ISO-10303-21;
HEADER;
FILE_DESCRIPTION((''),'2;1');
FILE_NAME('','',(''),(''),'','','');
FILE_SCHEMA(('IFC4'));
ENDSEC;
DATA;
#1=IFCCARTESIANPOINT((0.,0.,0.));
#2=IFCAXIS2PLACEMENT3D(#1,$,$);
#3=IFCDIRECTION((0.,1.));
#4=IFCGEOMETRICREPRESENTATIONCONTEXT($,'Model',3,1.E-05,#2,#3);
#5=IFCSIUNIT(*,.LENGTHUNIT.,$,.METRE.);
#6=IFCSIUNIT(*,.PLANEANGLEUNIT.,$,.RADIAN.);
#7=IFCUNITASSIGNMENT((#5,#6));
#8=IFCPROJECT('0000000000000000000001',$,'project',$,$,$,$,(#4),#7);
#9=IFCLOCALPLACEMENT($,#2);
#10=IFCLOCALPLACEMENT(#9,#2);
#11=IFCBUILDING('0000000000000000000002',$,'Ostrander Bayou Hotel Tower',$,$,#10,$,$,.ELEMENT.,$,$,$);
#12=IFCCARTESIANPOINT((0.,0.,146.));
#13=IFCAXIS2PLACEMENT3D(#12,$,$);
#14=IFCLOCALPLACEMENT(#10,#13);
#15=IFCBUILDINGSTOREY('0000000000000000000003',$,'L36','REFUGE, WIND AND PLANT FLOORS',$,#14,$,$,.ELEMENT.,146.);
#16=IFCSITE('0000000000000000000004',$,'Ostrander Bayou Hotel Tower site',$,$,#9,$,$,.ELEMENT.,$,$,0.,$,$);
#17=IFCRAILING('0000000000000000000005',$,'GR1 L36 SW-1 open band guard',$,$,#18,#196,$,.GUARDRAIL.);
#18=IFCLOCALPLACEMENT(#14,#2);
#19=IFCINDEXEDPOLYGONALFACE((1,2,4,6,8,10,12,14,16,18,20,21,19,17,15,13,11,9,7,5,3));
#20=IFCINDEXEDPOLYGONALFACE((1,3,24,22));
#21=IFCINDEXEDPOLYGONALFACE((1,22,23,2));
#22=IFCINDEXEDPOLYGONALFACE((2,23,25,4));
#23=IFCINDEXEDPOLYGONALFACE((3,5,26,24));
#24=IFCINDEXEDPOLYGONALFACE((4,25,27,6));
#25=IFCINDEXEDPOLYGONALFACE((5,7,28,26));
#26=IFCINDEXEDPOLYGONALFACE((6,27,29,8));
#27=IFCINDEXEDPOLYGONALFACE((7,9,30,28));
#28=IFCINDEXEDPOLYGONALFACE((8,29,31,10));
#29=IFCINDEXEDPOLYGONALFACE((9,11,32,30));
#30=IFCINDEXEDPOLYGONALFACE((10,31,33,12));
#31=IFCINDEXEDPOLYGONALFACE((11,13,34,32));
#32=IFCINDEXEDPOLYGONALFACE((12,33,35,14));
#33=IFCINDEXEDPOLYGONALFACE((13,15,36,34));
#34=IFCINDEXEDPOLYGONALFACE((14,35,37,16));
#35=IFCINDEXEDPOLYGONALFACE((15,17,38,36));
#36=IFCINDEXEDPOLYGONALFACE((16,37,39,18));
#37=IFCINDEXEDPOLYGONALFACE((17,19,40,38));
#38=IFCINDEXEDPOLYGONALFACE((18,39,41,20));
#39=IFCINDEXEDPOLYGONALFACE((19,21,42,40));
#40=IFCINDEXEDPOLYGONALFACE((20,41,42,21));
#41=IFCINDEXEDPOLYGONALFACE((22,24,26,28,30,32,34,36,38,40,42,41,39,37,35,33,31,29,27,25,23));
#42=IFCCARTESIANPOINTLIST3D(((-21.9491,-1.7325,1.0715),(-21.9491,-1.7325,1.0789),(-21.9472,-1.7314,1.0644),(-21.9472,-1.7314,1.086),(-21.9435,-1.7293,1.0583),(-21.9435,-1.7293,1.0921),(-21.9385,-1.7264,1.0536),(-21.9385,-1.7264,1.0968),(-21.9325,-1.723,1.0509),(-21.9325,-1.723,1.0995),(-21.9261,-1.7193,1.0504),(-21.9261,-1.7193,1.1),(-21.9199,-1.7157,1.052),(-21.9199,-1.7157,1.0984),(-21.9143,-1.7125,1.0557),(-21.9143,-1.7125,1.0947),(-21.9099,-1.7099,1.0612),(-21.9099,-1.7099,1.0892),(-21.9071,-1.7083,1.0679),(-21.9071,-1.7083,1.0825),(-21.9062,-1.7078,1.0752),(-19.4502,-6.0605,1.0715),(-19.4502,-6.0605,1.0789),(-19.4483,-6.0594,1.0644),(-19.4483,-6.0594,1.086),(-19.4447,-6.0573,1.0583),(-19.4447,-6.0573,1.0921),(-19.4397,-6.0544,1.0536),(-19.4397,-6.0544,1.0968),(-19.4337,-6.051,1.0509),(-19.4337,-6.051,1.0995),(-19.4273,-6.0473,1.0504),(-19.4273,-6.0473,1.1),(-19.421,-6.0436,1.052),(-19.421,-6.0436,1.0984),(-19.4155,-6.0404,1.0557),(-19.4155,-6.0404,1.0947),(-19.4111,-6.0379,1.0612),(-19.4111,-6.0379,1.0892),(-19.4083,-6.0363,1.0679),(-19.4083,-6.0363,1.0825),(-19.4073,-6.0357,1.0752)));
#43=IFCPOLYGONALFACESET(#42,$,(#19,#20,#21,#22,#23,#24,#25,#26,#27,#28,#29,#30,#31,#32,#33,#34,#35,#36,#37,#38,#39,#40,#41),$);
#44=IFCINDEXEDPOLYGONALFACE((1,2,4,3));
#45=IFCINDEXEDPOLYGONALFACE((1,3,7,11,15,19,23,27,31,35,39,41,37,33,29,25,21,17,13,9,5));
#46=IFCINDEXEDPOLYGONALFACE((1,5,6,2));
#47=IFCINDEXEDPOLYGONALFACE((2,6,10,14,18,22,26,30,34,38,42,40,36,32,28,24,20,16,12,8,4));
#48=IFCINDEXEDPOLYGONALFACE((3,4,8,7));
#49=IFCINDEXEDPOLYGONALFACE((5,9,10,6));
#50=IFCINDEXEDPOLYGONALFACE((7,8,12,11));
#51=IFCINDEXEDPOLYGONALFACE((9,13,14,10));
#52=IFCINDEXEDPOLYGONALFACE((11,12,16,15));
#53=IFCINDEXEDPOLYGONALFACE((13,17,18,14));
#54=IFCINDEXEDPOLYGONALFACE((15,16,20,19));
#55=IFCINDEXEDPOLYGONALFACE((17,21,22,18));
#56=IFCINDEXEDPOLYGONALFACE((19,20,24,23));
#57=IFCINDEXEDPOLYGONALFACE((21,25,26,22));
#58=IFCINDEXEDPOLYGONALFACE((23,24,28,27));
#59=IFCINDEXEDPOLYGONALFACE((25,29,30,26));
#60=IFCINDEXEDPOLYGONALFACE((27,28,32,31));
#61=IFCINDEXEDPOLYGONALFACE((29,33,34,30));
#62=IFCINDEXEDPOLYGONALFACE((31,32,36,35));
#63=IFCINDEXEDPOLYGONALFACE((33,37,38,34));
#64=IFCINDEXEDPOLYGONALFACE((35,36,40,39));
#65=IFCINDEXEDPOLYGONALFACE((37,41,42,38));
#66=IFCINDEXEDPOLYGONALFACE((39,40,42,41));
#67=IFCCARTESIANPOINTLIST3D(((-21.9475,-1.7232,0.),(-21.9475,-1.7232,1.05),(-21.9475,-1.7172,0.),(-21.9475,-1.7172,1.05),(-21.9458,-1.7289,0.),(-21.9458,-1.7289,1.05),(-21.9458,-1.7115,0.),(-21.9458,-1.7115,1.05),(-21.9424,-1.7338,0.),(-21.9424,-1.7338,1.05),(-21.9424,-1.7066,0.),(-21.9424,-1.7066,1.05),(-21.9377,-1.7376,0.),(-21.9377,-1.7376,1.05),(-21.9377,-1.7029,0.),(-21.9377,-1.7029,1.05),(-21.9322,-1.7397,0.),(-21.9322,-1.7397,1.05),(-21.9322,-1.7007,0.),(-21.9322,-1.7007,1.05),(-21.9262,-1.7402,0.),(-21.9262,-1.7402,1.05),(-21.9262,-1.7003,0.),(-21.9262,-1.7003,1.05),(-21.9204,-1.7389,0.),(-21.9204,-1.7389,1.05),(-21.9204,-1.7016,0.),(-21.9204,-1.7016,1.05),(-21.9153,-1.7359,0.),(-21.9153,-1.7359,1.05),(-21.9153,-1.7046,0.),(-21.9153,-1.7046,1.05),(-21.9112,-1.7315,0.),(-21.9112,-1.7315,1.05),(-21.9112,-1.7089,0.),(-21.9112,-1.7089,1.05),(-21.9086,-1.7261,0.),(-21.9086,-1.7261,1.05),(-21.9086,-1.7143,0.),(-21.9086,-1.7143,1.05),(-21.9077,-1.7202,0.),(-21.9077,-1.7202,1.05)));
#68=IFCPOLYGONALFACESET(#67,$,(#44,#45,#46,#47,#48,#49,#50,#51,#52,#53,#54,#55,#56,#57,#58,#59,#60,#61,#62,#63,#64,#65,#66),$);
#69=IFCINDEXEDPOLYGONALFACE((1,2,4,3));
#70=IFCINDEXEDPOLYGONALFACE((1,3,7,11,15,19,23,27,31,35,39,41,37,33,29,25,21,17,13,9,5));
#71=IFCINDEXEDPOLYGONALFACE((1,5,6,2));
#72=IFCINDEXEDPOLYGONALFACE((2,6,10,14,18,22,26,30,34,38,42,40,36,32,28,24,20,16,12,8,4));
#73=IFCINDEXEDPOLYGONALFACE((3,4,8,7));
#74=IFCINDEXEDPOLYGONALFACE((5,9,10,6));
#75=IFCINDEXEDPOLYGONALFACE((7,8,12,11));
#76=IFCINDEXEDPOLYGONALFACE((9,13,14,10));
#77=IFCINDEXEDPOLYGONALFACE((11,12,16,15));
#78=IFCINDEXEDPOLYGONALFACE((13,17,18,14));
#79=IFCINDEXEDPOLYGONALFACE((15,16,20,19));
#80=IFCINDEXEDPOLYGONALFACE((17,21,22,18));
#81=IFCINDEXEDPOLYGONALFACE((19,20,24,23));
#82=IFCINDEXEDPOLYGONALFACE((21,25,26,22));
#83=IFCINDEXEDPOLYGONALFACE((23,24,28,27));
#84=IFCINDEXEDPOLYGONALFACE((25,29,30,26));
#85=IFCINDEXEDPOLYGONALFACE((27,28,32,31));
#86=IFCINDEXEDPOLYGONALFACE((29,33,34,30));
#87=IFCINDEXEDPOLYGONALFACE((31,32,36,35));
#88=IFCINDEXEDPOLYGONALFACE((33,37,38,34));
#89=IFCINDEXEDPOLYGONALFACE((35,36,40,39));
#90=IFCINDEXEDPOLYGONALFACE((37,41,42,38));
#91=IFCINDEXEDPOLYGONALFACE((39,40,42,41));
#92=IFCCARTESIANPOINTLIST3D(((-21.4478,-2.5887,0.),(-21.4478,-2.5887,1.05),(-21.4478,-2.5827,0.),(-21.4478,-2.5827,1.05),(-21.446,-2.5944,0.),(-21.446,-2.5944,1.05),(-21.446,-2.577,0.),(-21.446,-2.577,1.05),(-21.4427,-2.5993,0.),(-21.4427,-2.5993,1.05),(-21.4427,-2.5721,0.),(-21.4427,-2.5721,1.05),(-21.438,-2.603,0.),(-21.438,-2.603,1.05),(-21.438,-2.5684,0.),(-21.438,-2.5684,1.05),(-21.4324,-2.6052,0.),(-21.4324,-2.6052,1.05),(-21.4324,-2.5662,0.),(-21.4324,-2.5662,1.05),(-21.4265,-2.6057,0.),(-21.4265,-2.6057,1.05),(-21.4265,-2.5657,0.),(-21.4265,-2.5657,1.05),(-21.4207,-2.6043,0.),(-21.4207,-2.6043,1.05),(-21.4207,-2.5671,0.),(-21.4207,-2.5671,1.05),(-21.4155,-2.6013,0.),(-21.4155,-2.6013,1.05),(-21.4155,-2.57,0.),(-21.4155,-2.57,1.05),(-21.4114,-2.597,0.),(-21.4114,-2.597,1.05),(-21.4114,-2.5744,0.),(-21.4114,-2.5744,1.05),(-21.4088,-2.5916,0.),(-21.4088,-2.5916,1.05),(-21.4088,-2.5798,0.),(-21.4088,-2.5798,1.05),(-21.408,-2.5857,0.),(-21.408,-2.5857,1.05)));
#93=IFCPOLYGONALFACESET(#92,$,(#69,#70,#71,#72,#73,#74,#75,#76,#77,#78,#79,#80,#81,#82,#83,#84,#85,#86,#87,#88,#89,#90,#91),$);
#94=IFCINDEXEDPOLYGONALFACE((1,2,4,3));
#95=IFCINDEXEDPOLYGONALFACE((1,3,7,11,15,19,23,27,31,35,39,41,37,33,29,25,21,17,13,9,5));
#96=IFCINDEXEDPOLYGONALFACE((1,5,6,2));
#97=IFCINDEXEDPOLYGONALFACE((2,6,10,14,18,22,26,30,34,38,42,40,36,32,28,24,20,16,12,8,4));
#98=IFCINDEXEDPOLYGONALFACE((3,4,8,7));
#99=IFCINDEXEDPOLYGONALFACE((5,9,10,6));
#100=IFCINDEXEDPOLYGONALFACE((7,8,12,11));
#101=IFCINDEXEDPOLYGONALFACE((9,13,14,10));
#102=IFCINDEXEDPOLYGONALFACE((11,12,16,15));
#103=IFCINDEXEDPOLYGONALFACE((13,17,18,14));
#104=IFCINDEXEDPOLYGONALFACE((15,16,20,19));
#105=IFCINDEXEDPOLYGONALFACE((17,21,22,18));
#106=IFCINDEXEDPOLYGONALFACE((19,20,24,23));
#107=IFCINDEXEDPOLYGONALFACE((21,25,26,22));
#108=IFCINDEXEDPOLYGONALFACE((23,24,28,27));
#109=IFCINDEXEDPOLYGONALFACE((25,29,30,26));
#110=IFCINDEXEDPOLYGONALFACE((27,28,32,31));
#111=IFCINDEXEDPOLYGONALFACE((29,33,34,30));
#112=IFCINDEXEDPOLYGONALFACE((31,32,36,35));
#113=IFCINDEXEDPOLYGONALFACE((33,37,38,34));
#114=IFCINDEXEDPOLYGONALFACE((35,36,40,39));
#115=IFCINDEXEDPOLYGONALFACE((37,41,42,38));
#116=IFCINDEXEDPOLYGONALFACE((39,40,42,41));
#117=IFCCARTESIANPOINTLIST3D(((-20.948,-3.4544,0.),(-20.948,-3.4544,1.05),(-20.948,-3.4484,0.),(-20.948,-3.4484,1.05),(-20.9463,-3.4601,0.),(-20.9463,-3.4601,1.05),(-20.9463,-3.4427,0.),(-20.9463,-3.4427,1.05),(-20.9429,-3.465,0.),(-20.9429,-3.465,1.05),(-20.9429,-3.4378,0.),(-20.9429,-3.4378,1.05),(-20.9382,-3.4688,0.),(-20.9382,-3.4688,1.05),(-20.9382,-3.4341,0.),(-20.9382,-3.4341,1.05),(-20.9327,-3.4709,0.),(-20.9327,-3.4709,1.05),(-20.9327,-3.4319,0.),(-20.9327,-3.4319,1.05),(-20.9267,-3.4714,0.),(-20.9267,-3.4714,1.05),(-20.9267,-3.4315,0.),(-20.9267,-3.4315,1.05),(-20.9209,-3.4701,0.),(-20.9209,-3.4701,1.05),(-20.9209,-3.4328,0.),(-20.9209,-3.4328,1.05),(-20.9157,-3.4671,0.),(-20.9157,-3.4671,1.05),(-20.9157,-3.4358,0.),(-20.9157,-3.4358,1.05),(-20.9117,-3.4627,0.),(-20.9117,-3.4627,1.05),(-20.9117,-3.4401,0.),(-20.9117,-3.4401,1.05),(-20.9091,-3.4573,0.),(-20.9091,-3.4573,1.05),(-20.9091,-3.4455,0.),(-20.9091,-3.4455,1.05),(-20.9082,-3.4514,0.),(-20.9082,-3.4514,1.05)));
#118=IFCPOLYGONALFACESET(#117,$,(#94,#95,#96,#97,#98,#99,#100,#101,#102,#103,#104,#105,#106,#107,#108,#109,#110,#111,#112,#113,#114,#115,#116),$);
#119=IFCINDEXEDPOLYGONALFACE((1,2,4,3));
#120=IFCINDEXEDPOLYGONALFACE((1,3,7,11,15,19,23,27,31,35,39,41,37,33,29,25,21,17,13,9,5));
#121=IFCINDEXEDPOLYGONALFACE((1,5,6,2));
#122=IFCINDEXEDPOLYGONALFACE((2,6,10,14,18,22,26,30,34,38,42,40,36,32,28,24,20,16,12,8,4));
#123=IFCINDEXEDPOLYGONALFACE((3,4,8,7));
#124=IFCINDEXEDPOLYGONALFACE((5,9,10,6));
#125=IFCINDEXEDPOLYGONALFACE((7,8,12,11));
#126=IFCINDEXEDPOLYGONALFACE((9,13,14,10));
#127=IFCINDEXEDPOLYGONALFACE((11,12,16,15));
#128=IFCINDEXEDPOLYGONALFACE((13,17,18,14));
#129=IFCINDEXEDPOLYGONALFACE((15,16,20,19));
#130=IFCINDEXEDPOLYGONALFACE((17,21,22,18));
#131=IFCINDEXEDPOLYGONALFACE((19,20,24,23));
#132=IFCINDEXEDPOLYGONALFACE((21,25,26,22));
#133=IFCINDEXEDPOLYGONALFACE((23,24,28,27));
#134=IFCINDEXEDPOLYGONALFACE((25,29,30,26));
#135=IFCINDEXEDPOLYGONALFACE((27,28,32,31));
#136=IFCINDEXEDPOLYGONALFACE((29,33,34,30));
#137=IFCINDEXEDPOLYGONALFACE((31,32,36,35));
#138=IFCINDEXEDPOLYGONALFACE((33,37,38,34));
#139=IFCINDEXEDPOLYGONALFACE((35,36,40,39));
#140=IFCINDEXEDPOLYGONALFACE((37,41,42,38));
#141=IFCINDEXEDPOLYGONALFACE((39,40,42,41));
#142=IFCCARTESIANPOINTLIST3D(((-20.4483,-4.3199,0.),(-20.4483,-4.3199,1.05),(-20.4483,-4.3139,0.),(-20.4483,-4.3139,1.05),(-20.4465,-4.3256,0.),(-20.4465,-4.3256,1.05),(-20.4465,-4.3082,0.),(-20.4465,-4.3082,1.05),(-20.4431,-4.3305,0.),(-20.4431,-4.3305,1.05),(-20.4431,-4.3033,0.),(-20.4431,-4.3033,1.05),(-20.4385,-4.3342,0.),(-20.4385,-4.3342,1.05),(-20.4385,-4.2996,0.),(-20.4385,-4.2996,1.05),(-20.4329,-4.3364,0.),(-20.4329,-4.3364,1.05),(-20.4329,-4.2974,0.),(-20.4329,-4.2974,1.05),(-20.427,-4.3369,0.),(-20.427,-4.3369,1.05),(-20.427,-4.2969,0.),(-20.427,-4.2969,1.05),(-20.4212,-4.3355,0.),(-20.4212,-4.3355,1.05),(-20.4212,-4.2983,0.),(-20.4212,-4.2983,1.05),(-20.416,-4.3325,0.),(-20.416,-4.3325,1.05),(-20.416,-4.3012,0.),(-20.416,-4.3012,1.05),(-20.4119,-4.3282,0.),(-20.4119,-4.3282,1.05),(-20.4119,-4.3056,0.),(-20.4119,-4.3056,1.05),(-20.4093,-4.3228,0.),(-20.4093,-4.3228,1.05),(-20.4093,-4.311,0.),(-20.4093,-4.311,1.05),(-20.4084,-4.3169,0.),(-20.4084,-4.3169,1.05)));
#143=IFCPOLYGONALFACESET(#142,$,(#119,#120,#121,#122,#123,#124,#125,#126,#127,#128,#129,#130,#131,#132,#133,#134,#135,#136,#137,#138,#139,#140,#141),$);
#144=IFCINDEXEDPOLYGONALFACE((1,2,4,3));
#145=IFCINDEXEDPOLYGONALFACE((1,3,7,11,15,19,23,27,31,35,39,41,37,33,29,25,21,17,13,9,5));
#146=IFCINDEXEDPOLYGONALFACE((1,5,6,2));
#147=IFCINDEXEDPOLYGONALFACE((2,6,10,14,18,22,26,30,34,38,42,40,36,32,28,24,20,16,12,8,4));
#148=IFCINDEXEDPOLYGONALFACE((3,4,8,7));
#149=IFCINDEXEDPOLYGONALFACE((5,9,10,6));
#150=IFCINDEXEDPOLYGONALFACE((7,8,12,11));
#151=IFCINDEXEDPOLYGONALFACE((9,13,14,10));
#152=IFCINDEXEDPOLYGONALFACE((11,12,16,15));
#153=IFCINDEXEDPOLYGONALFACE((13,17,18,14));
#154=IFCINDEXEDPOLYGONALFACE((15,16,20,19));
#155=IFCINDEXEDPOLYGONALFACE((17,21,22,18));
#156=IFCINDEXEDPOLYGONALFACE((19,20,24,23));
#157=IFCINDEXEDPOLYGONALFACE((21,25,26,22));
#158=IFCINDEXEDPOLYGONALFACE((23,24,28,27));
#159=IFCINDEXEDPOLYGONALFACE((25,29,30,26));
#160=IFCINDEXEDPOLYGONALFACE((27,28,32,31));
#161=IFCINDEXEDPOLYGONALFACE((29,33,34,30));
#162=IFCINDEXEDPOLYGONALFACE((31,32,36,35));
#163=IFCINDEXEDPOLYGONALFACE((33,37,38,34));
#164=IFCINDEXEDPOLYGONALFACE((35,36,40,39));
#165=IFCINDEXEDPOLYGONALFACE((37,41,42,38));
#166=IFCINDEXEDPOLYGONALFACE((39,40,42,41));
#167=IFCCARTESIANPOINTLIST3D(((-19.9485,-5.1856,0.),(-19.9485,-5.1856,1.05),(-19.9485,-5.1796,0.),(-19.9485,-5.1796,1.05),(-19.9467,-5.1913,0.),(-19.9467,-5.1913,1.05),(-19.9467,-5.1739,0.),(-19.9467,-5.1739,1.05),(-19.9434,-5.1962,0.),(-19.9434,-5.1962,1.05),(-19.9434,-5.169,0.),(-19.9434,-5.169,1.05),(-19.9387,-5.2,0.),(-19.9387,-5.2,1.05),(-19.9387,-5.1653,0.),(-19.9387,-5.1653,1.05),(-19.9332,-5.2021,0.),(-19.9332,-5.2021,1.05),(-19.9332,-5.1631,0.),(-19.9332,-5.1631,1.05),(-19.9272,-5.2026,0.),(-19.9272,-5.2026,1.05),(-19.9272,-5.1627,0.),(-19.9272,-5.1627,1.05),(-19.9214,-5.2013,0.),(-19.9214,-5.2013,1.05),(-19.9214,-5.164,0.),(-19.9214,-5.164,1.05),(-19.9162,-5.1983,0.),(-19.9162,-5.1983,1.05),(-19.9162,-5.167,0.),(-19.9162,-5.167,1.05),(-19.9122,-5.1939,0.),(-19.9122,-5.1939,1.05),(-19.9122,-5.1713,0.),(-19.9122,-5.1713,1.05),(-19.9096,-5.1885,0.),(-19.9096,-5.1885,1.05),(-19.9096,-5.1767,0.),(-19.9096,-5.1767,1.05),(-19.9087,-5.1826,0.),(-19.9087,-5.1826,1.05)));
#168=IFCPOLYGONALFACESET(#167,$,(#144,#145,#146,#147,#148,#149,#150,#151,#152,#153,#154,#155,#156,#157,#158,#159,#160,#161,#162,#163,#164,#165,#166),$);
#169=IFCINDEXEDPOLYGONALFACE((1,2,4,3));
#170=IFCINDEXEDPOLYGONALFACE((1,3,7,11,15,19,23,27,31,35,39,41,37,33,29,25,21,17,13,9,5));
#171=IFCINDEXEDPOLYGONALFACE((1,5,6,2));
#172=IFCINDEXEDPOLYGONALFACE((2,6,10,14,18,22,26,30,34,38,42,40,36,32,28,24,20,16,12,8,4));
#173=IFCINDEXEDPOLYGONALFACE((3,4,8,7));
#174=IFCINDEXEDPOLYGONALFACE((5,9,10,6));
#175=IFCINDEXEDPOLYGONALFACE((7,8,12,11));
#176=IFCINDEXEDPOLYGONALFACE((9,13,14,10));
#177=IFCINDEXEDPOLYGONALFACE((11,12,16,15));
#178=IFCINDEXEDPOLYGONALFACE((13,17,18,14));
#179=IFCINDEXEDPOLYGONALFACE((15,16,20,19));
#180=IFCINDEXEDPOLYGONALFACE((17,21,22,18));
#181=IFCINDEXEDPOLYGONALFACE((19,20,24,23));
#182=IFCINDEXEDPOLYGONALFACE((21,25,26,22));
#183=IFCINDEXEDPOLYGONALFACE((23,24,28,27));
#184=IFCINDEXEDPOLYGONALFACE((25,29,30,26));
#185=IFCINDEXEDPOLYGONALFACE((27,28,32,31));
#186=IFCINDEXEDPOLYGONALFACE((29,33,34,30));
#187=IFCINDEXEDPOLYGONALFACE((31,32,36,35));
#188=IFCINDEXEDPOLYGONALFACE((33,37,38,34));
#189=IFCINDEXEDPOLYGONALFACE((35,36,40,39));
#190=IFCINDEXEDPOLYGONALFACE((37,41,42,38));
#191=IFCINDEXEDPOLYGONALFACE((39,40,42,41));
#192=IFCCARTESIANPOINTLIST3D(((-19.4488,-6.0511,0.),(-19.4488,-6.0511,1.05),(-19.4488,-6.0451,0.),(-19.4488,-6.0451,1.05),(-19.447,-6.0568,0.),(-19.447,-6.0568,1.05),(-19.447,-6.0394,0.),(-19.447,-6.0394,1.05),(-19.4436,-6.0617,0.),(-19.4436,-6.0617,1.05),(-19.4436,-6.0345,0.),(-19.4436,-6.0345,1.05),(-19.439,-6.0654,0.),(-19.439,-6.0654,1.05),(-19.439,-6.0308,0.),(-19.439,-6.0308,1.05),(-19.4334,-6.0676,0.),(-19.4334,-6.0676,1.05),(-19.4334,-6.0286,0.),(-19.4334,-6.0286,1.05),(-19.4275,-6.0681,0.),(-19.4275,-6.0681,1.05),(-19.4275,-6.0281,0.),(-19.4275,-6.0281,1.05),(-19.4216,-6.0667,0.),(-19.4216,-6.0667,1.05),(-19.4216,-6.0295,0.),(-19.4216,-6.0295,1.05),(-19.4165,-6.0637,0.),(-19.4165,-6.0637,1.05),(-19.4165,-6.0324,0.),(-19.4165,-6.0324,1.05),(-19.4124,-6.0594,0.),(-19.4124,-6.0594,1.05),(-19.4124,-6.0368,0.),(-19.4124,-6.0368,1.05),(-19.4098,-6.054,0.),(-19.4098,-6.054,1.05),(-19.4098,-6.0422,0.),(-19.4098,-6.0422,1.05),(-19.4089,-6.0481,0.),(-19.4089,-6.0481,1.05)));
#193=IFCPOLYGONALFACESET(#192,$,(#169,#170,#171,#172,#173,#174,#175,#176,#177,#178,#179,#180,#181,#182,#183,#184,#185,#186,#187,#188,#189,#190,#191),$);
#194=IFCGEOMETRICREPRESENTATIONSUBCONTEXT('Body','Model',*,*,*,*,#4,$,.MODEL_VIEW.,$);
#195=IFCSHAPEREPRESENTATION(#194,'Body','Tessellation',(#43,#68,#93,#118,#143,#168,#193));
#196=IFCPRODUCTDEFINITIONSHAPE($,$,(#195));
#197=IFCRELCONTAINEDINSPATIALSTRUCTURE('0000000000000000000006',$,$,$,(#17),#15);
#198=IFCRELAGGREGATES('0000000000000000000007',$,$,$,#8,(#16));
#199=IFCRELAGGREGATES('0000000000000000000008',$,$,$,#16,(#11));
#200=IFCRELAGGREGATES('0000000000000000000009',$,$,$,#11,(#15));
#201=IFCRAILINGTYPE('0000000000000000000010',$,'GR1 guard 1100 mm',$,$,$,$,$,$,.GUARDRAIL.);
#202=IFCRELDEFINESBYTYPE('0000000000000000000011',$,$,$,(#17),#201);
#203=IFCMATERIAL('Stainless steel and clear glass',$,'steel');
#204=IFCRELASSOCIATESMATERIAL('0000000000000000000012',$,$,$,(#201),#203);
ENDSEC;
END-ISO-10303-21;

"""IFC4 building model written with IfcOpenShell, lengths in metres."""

from ifc_helpers import new_model, si_unit, direction, frame, origin, origin_2d, place, context, subcontext, project, spatial, circle, extrude, material, type_object, element, save


model = new_model("IFC4")

# Units and contexts
model_context = context("Model", 3, precision=1e-05, world=origin(), true_north=direction((0.0, 1.0)))
body_context = subcontext(model_context, "Body", "Model", "MODEL_VIEW")
ifc_project = project(units=[si_unit("LENGTHUNIT", "METRE"), si_unit("PLANEANGLEUNIT", "RADIAN")], contexts=[model_context])

# Site, building, storey
site_placement = place(None, origin())
site = spatial("IfcSite", under=ifc_project, at=site_placement, Name="Ostrander Bayou Hotel Tower site", CompositionType="ELEMENT", RefElevation=0.0)
building_placement = place(site_placement, origin())
building = spatial("IfcBuilding", under=site, at=building_placement, Name="Ostrander Bayou Hotel Tower", CompositionType="ELEMENT")
storey_placement = place(building_placement, frame((0.0, 0.0, 146.0)))
storey = spatial("IfcBuildingStorey", under=building, at=storey_placement, Name="L36", Description="REFUGE, WIND AND PLANT FLOORS", CompositionType="ELEMENT", Elevation=146.0)

# Railing
ifc_material_1 = material(Name="Stainless steel and clear glass", Category="steel")
railing_type = type_object("IfcRailingType", Name="GR1 guard 1100 mm", PredefinedType="GUARDRAIL", material=ifc_material_1)
railing_1_placement = place(storey_placement, frame((-21.9277, -1.7202, 0.0)))
element("IfcRailing", 1, at=railing_1_placement, inside=storey, type_object=railing_type, Name="GR1 L36 SW-1 open band guard", PredefinedType="GUARDRAIL", context=body_context, shape_type="SweptSolid", body=[
    extrude(circle(Radius=0.0249, at=origin_2d()), frame((0.0, 0.0, 1.0752), z_axis=(0.500011, -0.866019, 0.0), x_axis=(0.866019, 0.500011, 0.0)), (0.0, 0.0, 1.0), 4.9976),
    extrude(circle(Radius=0.02, at=origin_2d()), origin(), (0.0, 0.0, 1.0), 1.05),
    extrude(circle(Radius=0.02, at=origin_2d()), frame((0.4998, -0.8655, 0.0)), (0.0, 0.0, 1.0), 1.05),
    extrude(circle(Radius=0.02, at=origin_2d()), frame((0.9995, -1.7312, 0.0)), (0.0, 0.0, 1.0), 1.05),
    extrude(circle(Radius=0.02, at=origin_2d()), frame((1.4993, -2.5967, 0.0)), (0.0, 0.0, 1.0), 1.05),
    extrude(circle(Radius=0.02, at=origin_2d()), frame((1.999, -3.4624, 0.0)), (0.0, 0.0, 1.0), 1.05),
    extrude(circle(Radius=0.02, at=origin_2d()), frame((2.4988, -4.3279, 0.0)), (0.0, 0.0, 1.0), 1.05),
])

save(model, "model.ifc")
